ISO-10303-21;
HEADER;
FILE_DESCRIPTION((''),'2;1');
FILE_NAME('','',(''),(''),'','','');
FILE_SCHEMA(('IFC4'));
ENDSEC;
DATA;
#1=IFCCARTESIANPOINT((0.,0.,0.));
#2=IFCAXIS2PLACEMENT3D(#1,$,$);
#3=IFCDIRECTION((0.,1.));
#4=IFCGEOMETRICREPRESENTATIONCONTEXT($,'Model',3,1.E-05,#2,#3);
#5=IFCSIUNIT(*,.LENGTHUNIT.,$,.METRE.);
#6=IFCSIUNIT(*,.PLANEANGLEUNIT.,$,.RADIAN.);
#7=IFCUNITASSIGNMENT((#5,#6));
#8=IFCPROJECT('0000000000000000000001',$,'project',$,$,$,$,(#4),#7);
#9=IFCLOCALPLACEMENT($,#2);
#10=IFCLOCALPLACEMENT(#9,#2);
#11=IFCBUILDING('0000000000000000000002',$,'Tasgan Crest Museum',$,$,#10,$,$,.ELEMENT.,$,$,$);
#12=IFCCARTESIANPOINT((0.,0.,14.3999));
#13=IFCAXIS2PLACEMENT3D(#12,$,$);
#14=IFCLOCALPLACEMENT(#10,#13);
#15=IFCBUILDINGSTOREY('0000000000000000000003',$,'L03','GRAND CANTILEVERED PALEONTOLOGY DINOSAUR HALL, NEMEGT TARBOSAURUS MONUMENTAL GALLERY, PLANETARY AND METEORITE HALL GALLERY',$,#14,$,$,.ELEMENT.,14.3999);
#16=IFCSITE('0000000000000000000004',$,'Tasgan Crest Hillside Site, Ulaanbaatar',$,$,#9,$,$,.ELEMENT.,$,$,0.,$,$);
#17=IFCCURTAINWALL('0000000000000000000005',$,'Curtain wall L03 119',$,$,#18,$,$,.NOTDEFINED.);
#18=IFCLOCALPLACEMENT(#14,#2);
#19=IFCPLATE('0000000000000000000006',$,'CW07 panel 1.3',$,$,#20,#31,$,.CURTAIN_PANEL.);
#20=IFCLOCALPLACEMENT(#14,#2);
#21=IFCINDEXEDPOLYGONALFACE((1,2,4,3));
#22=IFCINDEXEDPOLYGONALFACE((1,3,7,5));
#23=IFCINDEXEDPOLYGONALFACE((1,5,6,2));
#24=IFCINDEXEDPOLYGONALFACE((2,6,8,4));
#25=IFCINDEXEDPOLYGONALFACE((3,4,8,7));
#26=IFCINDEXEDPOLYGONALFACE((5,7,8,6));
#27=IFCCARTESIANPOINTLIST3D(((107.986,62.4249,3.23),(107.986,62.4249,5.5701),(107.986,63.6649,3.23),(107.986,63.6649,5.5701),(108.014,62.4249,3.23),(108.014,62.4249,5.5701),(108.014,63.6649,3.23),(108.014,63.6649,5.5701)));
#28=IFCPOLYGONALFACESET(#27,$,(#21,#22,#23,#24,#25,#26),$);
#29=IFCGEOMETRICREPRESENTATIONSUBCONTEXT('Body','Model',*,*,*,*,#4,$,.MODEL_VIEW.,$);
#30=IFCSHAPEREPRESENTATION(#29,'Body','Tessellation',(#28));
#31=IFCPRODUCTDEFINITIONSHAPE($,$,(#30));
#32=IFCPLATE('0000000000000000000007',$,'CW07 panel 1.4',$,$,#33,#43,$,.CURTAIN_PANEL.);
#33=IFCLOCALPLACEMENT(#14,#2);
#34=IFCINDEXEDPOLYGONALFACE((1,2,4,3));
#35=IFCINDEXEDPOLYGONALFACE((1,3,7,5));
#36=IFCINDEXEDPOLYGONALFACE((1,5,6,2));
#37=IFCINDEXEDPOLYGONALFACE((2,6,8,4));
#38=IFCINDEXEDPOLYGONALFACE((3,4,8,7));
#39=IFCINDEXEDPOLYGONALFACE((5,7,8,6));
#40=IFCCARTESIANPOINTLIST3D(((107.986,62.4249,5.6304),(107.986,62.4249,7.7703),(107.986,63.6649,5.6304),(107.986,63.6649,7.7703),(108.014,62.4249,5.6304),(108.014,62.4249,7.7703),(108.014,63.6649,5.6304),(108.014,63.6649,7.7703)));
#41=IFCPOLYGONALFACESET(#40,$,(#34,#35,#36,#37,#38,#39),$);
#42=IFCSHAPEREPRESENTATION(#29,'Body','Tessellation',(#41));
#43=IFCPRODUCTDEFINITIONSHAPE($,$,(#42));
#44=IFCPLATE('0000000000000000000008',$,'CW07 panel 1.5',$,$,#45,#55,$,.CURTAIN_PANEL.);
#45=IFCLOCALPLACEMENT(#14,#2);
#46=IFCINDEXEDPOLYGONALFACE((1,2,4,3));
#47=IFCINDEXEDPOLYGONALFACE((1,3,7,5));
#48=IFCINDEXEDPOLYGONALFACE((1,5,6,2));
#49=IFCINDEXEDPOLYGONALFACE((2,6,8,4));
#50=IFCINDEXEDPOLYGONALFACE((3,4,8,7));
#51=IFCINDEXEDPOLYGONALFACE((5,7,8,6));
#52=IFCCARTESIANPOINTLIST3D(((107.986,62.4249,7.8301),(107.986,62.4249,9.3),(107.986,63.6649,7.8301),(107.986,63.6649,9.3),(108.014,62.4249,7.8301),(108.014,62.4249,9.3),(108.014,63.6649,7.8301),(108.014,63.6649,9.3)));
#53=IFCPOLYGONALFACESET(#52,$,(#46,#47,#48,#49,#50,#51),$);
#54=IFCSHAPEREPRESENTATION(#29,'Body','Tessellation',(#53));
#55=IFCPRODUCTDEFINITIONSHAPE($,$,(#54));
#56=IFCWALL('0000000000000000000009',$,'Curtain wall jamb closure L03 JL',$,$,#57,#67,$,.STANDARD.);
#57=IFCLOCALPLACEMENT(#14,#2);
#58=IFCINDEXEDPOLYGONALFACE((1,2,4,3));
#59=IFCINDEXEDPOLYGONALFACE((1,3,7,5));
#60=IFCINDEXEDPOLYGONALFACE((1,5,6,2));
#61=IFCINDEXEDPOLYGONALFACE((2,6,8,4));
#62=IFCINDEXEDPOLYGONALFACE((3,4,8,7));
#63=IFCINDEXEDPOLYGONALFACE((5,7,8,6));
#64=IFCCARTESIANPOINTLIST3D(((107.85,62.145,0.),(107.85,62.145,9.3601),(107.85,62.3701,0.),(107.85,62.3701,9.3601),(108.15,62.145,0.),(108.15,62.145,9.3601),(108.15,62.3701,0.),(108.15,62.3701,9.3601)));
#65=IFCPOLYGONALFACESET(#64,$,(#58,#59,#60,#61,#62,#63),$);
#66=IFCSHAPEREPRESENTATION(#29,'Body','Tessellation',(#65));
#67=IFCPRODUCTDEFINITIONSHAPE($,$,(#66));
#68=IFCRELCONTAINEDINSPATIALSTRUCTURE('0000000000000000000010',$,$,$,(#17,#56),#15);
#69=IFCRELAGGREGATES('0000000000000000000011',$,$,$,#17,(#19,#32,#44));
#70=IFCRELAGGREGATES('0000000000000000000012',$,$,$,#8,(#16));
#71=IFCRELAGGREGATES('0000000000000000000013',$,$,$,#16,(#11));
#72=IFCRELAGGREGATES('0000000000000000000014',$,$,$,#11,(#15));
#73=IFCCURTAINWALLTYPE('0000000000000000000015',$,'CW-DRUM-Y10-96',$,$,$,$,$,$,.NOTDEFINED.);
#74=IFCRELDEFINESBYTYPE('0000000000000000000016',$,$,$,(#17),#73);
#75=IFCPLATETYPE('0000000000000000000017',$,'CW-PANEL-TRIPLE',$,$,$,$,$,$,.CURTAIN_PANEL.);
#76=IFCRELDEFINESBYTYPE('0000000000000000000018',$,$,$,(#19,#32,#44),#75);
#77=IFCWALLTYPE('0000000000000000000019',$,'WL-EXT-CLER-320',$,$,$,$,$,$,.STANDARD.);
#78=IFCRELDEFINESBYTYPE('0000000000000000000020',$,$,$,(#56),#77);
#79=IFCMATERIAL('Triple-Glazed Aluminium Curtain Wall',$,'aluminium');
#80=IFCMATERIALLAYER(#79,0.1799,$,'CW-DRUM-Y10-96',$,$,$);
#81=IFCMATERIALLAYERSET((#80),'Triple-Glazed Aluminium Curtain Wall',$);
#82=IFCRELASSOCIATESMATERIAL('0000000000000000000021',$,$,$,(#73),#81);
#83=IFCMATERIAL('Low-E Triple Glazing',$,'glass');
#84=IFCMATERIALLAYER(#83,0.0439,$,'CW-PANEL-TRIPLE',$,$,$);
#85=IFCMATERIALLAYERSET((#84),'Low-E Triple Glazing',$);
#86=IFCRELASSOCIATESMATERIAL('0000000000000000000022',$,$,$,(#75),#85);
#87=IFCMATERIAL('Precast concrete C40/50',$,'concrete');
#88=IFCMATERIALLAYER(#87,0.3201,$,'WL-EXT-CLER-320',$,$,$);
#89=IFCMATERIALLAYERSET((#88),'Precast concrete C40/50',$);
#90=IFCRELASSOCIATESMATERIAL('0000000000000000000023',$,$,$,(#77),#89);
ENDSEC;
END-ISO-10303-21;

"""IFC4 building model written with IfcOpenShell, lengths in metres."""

from ifc_helpers import new_model, si_unit, direction, frame, frame_2d, origin, origin_2d, place, context, subcontext, project, spatial, rectangle, extrude, material, layer, layer_set, type_object, element, aggregate, save


model = new_model("IFC4")

# Units and contexts
model_context = context("Model", 3, precision=1e-05, world=origin(), true_north=direction((0.0, 1.0)))
body_context = subcontext(model_context, "Body", "Model", "MODEL_VIEW")
ifc_project = project(units=[si_unit("LENGTHUNIT", "METRE"), si_unit("PLANEANGLEUNIT", "RADIAN")], contexts=[model_context])

# Site, building, storey
site_placement = place(None, origin())
site = spatial("IfcSite", under=ifc_project, at=site_placement, Name="Tasgan Crest Hillside Site, Ulaanbaatar", CompositionType="ELEMENT", RefElevation=0.0)
building_placement = place(site_placement, origin())
building = spatial("IfcBuilding", under=site, at=building_placement, Name="Tasgan Crest Museum", CompositionType="ELEMENT")
storey_placement = place(building_placement, frame((0.0, 0.0, 14.3999)))
storey = spatial("IfcBuildingStorey", under=building, at=storey_placement, Name="L03", Description="GRAND CANTILEVERED PALEONTOLOGY DINOSAUR HALL, NEMEGT TARBOSAURUS MONUMENTAL GALLERY, PLANETARY AND METEORITE HALL GALLERY", CompositionType="ELEMENT", Elevation=14.3999)

# Curtain wall, plates
ifc_material_1 = material(Name="Triple-Glazed Aluminium Curtain Wall", Category="aluminium")
ifc_layer_1 = layer(ifc_material_1, 0.1799, Name="CW-DRUM-Y10-96")
ifc_layer_set_1 = layer_set([ifc_layer_1], Name="Triple-Glazed Aluminium Curtain Wall")
curtain_wall_type = type_object("IfcCurtainWallType", Name="CW-DRUM-Y10-96", PredefinedType="NOTDEFINED", material=ifc_layer_set_1)
curtain_wall_placement = place(storey_placement, origin())
curtain_wall = element("IfcCurtainWall", 1, at=curtain_wall_placement, inside=storey, type_object=curtain_wall_type, Name="Curtain wall L03 119", PredefinedType="NOTDEFINED")
ifc_material_2 = material(Name="Low-E Triple Glazing", Category="glass")
ifc_layer_2 = layer(ifc_material_2, 0.0439, Name="CW-PANEL-TRIPLE")
ifc_layer_set_2 = layer_set([ifc_layer_2], Name="Low-E Triple Glazing")
plate_type_1 = type_object("IfcPlateType", Name="CW-PANEL-TRIPLE", PredefinedType="CURTAIN_PANEL", material=ifc_layer_set_2)
plate_1_placement = place(storey_placement, frame((108.0, 63.0449, 3.23), z_axis=(0.0, 0.0, 1.0), x_axis=(0.0, 1.0, 0.0)))
plate_1 = element("IfcPlate", 2, at=plate_1_placement, type_object=plate_type_1, Name="CW07 panel 1.3", PredefinedType="CURTAIN_PANEL", context=body_context, shape_type="SweptSolid", body=[
    extrude(rectangle(XDim=1.24, YDim=0.0281, at=origin_2d()), origin(), (0.0, 0.0, 1.0), 2.3401),
])
plate_2_placement = place(storey_placement, frame((108.0, 63.0449, 5.6304), z_axis=(0.0, 0.0, 1.0), x_axis=(0.0, 1.0, 0.0)))
plate_2 = element("IfcPlate", 3, at=plate_2_placement, type_object=plate_type_1, Name="CW07 panel 1.4", PredefinedType="CURTAIN_PANEL", context=body_context, shape_type="SweptSolid", body=[
    extrude(rectangle(XDim=1.24, YDim=0.0281, at=origin_2d()), origin(), (0.0, 0.0, 1.0), 2.1399),
])
plate_3_placement = place(storey_placement, frame((108.0, 63.0449, 7.8301), z_axis=(0.0, 0.0, 1.0), x_axis=(0.0, 1.0, 0.0)))
plate_3 = element("IfcPlate", 4, at=plate_3_placement, type_object=plate_type_1, Name="CW07 panel 1.5", PredefinedType="CURTAIN_PANEL", context=body_context, shape_type="SweptSolid", body=[
    extrude(rectangle(XDim=1.24, YDim=0.0281, at=origin_2d()), origin(), (0.0, 0.0, 1.0), 1.47),
])
aggregate(curtain_wall, [plate_1, plate_2, plate_3])

# Wall
ifc_material_3 = material(Name="Precast concrete C40/50", Category="concrete")
ifc_layer_3 = layer(ifc_material_3, 0.3201, Name="WL-EXT-CLER-320")
ifc_layer_set_3 = layer_set([ifc_layer_3], Name="Precast concrete C40/50")
wall_type = type_object("IfcWallType", Name="WL-EXT-CLER-320", PredefinedType="STANDARD", material=ifc_layer_set_3)
wall_placement = place(storey_placement, frame((108.0, 62.145, 0.0), z_axis=(0.0, 0.0, 1.0), x_axis=(0.0, 1.0, 0.0)))
element("IfcWall", 5, at=wall_placement, inside=storey, type_object=wall_type, Name="Curtain wall jamb closure L03 JL", PredefinedType="STANDARD", context=body_context, shape_type="SweptSolid", body=[
    extrude(rectangle(XDim=0.2251, YDim=0.3, at=frame_2d((0.1125, 0.0))), origin(), (0.0, 0.0, 1.0), 9.3601),
])

save(model, "model.ifc")
